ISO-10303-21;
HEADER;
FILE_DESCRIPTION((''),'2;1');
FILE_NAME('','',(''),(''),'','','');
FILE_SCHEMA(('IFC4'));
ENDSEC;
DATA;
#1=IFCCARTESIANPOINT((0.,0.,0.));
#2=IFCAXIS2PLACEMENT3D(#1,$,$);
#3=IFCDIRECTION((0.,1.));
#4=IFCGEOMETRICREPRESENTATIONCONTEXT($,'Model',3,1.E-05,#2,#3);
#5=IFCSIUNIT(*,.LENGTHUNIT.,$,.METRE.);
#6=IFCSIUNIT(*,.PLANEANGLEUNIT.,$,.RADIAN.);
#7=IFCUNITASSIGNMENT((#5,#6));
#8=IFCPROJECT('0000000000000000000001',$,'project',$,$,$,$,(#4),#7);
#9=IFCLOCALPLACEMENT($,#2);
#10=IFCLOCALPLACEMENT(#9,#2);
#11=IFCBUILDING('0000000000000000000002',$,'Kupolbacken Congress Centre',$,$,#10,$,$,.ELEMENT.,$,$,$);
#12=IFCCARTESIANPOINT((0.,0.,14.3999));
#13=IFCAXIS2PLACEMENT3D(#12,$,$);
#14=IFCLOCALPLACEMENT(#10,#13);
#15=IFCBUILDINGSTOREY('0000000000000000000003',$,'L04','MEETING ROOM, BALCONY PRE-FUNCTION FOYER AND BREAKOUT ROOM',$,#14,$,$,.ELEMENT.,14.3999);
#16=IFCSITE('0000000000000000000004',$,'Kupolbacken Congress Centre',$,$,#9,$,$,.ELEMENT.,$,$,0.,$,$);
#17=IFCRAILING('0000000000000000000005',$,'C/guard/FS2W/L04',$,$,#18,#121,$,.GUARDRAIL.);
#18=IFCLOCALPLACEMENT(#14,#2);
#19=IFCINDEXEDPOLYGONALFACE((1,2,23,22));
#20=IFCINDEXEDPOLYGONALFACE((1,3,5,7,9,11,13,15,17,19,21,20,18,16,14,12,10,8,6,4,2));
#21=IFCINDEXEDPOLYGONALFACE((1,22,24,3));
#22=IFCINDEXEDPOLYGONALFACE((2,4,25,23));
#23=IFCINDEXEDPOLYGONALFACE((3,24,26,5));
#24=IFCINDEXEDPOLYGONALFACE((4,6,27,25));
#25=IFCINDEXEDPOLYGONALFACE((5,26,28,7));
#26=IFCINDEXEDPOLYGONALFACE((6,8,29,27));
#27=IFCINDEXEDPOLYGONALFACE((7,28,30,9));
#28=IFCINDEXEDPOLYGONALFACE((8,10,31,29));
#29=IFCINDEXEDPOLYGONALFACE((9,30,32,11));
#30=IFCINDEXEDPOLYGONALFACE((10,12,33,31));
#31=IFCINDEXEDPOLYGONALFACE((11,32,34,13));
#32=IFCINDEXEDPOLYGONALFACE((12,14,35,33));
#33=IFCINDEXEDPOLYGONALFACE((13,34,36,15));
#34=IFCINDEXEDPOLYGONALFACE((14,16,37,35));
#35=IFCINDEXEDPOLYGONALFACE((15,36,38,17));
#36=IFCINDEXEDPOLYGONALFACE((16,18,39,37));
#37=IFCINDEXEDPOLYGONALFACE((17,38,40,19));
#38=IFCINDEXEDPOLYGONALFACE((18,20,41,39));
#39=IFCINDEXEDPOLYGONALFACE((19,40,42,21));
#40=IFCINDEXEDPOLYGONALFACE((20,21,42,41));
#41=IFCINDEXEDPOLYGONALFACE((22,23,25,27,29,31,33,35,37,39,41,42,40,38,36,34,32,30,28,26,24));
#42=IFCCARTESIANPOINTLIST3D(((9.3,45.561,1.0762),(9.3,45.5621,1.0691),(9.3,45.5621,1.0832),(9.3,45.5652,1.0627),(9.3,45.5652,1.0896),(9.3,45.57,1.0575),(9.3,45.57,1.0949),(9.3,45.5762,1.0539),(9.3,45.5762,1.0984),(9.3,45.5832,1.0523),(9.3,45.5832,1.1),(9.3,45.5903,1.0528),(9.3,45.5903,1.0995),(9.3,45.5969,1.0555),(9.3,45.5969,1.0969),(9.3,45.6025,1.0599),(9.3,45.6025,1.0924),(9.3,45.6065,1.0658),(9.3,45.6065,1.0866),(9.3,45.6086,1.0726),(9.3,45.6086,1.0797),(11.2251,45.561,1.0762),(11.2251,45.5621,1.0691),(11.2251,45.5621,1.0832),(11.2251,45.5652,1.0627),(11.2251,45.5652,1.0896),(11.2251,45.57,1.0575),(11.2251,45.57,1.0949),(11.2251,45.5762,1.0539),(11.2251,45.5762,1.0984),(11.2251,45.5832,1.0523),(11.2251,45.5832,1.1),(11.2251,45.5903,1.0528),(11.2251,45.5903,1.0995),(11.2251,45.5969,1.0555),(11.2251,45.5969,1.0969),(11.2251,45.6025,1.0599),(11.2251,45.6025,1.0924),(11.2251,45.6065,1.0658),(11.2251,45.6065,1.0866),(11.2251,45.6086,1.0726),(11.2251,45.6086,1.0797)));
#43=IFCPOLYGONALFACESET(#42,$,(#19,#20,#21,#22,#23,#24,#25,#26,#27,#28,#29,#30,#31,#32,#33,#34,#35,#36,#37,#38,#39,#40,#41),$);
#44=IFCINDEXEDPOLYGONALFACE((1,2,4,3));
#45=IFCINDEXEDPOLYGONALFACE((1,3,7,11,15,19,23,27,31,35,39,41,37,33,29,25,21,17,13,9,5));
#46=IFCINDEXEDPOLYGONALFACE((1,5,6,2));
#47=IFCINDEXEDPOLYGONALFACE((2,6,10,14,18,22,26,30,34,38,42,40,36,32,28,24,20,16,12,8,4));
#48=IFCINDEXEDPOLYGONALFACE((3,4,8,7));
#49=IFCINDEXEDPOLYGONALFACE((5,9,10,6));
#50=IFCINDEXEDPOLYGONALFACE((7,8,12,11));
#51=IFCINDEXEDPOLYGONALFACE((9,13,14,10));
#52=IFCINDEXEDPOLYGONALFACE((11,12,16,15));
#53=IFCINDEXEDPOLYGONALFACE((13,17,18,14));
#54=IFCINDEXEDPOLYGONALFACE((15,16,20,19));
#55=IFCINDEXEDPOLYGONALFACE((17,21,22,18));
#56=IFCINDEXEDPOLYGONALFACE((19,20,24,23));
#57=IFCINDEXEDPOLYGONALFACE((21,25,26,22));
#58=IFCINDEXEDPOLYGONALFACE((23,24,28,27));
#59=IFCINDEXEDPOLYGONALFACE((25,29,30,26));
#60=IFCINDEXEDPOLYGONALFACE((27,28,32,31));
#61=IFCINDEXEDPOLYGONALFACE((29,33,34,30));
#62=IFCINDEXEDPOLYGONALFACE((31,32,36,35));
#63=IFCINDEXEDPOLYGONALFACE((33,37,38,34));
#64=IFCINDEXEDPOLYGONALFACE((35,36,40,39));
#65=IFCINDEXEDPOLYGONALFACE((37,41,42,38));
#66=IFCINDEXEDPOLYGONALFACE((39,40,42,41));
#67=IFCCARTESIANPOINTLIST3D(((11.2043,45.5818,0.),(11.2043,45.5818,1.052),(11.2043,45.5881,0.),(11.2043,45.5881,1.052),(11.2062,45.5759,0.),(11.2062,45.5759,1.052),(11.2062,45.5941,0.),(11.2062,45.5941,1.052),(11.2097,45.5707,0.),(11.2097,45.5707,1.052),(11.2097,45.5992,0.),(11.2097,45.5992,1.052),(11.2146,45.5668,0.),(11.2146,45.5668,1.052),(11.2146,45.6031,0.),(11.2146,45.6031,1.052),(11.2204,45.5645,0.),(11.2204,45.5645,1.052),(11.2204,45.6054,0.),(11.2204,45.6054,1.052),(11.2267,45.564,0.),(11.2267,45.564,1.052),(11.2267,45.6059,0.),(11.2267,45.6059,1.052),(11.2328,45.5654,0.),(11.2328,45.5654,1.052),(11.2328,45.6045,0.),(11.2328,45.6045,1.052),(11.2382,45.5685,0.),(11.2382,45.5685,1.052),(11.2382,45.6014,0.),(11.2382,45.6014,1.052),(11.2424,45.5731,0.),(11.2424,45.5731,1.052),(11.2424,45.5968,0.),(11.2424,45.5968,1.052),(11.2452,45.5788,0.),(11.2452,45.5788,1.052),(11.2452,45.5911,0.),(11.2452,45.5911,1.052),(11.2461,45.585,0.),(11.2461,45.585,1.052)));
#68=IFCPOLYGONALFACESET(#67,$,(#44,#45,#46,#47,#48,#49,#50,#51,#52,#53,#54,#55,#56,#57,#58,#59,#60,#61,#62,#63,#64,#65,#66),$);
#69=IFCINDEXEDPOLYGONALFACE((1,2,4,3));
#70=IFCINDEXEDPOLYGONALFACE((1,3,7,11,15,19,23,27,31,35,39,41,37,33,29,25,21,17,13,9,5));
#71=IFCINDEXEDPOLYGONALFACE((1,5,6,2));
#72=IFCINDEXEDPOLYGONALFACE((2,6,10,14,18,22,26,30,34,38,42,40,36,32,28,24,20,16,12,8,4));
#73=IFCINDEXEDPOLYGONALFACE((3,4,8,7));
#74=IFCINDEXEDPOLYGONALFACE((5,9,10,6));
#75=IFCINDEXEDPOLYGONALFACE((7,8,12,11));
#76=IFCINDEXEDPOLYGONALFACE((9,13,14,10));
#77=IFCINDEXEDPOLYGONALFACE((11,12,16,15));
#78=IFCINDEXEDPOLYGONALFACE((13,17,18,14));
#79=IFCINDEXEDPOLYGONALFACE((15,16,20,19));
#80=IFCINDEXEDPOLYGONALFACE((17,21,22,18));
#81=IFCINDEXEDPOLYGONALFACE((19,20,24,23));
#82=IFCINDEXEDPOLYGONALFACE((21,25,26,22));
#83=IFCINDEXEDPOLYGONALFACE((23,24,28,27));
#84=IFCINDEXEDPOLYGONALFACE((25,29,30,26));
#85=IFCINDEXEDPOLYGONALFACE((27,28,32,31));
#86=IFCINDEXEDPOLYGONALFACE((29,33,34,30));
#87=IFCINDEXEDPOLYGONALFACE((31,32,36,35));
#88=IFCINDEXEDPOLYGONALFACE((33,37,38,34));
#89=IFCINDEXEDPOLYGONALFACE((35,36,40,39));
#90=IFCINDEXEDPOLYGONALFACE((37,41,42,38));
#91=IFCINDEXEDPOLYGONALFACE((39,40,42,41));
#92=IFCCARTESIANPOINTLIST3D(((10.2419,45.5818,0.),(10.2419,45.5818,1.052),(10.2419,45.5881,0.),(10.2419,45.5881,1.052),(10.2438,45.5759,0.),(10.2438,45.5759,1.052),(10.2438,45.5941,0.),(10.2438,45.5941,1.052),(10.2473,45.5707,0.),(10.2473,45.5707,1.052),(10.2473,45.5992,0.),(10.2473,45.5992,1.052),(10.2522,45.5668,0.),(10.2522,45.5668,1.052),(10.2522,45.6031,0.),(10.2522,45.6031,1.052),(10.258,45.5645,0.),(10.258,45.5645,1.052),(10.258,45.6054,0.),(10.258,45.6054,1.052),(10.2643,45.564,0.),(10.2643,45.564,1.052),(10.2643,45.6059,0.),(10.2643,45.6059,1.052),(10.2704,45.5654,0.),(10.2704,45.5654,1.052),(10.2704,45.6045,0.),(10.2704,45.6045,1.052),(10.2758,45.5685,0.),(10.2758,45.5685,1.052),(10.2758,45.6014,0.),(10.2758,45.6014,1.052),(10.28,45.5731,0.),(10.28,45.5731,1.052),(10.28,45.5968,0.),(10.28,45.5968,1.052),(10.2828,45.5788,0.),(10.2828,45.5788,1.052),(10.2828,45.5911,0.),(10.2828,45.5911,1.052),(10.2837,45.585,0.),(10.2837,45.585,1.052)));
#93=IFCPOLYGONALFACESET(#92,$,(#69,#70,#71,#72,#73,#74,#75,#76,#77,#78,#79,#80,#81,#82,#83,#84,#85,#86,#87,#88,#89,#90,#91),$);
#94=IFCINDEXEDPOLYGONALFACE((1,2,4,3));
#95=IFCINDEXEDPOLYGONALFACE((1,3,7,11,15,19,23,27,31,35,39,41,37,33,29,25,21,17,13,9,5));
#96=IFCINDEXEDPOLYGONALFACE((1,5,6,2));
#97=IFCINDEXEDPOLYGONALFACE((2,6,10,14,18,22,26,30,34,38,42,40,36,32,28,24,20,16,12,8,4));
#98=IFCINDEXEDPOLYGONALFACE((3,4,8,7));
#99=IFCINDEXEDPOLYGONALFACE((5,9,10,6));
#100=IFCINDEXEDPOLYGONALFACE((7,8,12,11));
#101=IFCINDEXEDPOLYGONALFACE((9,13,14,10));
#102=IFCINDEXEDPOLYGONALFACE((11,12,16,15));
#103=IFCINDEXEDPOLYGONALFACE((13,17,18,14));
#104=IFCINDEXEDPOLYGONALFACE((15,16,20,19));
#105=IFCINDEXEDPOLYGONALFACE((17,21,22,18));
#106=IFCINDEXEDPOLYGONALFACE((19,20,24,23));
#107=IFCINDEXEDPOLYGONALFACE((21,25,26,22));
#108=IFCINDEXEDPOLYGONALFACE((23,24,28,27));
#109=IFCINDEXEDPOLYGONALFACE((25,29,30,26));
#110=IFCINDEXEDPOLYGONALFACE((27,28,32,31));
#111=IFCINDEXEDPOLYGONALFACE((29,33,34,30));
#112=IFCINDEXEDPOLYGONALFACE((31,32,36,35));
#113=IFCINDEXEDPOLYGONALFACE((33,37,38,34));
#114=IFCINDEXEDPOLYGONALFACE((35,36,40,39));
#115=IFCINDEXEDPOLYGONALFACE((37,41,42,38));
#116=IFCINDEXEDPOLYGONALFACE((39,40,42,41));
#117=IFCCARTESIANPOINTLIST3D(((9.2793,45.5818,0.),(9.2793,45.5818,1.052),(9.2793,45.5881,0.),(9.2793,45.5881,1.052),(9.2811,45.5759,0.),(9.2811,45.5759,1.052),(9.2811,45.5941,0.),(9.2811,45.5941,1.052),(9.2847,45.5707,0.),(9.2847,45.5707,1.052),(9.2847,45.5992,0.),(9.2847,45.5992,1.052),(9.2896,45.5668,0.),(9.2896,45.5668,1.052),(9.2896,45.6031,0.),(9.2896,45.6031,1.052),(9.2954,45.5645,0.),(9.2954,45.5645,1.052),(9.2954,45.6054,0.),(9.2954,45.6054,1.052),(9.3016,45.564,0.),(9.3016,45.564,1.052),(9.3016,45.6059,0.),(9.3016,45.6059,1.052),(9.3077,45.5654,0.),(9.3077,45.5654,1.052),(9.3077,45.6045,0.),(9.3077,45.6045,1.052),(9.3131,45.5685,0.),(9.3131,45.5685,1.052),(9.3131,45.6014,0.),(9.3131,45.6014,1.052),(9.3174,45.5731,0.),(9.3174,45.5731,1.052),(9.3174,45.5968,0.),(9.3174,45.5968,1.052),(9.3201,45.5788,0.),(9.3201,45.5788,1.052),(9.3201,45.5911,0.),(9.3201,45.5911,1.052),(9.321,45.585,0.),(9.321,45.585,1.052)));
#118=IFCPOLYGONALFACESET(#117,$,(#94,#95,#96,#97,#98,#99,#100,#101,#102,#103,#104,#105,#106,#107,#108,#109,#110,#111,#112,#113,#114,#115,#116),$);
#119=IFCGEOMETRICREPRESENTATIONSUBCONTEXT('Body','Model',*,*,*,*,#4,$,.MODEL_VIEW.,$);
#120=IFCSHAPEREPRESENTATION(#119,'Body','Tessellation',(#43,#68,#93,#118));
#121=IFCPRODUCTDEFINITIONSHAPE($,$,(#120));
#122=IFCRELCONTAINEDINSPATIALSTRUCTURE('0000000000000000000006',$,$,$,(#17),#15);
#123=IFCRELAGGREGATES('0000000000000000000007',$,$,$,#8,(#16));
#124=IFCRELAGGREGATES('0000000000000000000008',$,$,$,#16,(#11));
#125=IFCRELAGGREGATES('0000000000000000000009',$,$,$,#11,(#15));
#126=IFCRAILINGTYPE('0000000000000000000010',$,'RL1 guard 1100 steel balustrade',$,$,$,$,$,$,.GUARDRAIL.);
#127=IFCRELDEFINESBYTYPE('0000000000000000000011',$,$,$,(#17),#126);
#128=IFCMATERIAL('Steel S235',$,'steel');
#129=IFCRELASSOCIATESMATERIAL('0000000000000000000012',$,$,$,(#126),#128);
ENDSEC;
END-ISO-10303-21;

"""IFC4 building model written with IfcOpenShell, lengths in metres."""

from ifc_helpers import new_model, si_unit, direction, frame, origin, origin_2d, place, context, subcontext, project, spatial, circle, extrude, material, type_object, element, save


model = new_model("IFC4")

# Units and contexts
model_context = context("Model", 3, precision=1e-05, world=origin(), true_north=direction((0.0, 1.0)))
body_context = subcontext(model_context, "Body", "Model", "MODEL_VIEW")
ifc_project = project(units=[si_unit("LENGTHUNIT", "METRE"), si_unit("PLANEANGLEUNIT", "RADIAN")], contexts=[model_context])

# Site, building, storey
site_placement = place(None, origin())
site = spatial("IfcSite", under=ifc_project, at=site_placement, Name="Kupolbacken Congress Centre", CompositionType="ELEMENT", RefElevation=0.0)
building_placement = place(site_placement, origin())
building = spatial("IfcBuilding", under=site, at=building_placement, Name="Kupolbacken Congress Centre", CompositionType="ELEMENT")
storey_placement = place(building_placement, frame((0.0, 0.0, 14.3999)))
storey = spatial("IfcBuildingStorey", under=building, at=storey_placement, Name="L04", Description="MEETING ROOM, BALCONY PRE-FUNCTION FOYER AND BREAKOUT ROOM", CompositionType="ELEMENT", Elevation=14.3999)

# Railing
ifc_material_1 = material(Name="Steel S235", Category="steel")
railing_type = type_object("IfcRailingType", Name="RL1 guard 1100 steel balustrade", PredefinedType="GUARDRAIL", material=ifc_material_1)
railing_placement = place(storey_placement, frame((11.2251, 45.585, 0.0)))
element("IfcRailing", 1, at=railing_placement, inside=storey, type_object=railing_type, Name="C/guard/FS2W/L04", PredefinedType="GUARDRAIL", context=body_context, shape_type="SweptSolid", body=[
    extrude(circle(Radius=0.0239, at=origin_2d()), frame((0.0, 0.0, 1.0762), z_axis=(-1.0, 0.0, 0.0), x_axis=(0.0, -1.0, 0.0)), (0.0, 0.0, 1.0), 1.925),
    extrude(circle(Radius=0.021, at=origin_2d()), origin(), (0.0, 0.0, 1.0), 1.052),
    extrude(circle(Radius=0.021, at=origin_2d()), frame((-0.9624, 0.0, 0.0)), (0.0, 0.0, 1.0), 1.052),
    extrude(circle(Radius=0.021, at=origin_2d()), frame((-1.925, 0.0, 0.0)), (0.0, 0.0, 1.0), 1.052),
])

save(model, "model.ifc")
